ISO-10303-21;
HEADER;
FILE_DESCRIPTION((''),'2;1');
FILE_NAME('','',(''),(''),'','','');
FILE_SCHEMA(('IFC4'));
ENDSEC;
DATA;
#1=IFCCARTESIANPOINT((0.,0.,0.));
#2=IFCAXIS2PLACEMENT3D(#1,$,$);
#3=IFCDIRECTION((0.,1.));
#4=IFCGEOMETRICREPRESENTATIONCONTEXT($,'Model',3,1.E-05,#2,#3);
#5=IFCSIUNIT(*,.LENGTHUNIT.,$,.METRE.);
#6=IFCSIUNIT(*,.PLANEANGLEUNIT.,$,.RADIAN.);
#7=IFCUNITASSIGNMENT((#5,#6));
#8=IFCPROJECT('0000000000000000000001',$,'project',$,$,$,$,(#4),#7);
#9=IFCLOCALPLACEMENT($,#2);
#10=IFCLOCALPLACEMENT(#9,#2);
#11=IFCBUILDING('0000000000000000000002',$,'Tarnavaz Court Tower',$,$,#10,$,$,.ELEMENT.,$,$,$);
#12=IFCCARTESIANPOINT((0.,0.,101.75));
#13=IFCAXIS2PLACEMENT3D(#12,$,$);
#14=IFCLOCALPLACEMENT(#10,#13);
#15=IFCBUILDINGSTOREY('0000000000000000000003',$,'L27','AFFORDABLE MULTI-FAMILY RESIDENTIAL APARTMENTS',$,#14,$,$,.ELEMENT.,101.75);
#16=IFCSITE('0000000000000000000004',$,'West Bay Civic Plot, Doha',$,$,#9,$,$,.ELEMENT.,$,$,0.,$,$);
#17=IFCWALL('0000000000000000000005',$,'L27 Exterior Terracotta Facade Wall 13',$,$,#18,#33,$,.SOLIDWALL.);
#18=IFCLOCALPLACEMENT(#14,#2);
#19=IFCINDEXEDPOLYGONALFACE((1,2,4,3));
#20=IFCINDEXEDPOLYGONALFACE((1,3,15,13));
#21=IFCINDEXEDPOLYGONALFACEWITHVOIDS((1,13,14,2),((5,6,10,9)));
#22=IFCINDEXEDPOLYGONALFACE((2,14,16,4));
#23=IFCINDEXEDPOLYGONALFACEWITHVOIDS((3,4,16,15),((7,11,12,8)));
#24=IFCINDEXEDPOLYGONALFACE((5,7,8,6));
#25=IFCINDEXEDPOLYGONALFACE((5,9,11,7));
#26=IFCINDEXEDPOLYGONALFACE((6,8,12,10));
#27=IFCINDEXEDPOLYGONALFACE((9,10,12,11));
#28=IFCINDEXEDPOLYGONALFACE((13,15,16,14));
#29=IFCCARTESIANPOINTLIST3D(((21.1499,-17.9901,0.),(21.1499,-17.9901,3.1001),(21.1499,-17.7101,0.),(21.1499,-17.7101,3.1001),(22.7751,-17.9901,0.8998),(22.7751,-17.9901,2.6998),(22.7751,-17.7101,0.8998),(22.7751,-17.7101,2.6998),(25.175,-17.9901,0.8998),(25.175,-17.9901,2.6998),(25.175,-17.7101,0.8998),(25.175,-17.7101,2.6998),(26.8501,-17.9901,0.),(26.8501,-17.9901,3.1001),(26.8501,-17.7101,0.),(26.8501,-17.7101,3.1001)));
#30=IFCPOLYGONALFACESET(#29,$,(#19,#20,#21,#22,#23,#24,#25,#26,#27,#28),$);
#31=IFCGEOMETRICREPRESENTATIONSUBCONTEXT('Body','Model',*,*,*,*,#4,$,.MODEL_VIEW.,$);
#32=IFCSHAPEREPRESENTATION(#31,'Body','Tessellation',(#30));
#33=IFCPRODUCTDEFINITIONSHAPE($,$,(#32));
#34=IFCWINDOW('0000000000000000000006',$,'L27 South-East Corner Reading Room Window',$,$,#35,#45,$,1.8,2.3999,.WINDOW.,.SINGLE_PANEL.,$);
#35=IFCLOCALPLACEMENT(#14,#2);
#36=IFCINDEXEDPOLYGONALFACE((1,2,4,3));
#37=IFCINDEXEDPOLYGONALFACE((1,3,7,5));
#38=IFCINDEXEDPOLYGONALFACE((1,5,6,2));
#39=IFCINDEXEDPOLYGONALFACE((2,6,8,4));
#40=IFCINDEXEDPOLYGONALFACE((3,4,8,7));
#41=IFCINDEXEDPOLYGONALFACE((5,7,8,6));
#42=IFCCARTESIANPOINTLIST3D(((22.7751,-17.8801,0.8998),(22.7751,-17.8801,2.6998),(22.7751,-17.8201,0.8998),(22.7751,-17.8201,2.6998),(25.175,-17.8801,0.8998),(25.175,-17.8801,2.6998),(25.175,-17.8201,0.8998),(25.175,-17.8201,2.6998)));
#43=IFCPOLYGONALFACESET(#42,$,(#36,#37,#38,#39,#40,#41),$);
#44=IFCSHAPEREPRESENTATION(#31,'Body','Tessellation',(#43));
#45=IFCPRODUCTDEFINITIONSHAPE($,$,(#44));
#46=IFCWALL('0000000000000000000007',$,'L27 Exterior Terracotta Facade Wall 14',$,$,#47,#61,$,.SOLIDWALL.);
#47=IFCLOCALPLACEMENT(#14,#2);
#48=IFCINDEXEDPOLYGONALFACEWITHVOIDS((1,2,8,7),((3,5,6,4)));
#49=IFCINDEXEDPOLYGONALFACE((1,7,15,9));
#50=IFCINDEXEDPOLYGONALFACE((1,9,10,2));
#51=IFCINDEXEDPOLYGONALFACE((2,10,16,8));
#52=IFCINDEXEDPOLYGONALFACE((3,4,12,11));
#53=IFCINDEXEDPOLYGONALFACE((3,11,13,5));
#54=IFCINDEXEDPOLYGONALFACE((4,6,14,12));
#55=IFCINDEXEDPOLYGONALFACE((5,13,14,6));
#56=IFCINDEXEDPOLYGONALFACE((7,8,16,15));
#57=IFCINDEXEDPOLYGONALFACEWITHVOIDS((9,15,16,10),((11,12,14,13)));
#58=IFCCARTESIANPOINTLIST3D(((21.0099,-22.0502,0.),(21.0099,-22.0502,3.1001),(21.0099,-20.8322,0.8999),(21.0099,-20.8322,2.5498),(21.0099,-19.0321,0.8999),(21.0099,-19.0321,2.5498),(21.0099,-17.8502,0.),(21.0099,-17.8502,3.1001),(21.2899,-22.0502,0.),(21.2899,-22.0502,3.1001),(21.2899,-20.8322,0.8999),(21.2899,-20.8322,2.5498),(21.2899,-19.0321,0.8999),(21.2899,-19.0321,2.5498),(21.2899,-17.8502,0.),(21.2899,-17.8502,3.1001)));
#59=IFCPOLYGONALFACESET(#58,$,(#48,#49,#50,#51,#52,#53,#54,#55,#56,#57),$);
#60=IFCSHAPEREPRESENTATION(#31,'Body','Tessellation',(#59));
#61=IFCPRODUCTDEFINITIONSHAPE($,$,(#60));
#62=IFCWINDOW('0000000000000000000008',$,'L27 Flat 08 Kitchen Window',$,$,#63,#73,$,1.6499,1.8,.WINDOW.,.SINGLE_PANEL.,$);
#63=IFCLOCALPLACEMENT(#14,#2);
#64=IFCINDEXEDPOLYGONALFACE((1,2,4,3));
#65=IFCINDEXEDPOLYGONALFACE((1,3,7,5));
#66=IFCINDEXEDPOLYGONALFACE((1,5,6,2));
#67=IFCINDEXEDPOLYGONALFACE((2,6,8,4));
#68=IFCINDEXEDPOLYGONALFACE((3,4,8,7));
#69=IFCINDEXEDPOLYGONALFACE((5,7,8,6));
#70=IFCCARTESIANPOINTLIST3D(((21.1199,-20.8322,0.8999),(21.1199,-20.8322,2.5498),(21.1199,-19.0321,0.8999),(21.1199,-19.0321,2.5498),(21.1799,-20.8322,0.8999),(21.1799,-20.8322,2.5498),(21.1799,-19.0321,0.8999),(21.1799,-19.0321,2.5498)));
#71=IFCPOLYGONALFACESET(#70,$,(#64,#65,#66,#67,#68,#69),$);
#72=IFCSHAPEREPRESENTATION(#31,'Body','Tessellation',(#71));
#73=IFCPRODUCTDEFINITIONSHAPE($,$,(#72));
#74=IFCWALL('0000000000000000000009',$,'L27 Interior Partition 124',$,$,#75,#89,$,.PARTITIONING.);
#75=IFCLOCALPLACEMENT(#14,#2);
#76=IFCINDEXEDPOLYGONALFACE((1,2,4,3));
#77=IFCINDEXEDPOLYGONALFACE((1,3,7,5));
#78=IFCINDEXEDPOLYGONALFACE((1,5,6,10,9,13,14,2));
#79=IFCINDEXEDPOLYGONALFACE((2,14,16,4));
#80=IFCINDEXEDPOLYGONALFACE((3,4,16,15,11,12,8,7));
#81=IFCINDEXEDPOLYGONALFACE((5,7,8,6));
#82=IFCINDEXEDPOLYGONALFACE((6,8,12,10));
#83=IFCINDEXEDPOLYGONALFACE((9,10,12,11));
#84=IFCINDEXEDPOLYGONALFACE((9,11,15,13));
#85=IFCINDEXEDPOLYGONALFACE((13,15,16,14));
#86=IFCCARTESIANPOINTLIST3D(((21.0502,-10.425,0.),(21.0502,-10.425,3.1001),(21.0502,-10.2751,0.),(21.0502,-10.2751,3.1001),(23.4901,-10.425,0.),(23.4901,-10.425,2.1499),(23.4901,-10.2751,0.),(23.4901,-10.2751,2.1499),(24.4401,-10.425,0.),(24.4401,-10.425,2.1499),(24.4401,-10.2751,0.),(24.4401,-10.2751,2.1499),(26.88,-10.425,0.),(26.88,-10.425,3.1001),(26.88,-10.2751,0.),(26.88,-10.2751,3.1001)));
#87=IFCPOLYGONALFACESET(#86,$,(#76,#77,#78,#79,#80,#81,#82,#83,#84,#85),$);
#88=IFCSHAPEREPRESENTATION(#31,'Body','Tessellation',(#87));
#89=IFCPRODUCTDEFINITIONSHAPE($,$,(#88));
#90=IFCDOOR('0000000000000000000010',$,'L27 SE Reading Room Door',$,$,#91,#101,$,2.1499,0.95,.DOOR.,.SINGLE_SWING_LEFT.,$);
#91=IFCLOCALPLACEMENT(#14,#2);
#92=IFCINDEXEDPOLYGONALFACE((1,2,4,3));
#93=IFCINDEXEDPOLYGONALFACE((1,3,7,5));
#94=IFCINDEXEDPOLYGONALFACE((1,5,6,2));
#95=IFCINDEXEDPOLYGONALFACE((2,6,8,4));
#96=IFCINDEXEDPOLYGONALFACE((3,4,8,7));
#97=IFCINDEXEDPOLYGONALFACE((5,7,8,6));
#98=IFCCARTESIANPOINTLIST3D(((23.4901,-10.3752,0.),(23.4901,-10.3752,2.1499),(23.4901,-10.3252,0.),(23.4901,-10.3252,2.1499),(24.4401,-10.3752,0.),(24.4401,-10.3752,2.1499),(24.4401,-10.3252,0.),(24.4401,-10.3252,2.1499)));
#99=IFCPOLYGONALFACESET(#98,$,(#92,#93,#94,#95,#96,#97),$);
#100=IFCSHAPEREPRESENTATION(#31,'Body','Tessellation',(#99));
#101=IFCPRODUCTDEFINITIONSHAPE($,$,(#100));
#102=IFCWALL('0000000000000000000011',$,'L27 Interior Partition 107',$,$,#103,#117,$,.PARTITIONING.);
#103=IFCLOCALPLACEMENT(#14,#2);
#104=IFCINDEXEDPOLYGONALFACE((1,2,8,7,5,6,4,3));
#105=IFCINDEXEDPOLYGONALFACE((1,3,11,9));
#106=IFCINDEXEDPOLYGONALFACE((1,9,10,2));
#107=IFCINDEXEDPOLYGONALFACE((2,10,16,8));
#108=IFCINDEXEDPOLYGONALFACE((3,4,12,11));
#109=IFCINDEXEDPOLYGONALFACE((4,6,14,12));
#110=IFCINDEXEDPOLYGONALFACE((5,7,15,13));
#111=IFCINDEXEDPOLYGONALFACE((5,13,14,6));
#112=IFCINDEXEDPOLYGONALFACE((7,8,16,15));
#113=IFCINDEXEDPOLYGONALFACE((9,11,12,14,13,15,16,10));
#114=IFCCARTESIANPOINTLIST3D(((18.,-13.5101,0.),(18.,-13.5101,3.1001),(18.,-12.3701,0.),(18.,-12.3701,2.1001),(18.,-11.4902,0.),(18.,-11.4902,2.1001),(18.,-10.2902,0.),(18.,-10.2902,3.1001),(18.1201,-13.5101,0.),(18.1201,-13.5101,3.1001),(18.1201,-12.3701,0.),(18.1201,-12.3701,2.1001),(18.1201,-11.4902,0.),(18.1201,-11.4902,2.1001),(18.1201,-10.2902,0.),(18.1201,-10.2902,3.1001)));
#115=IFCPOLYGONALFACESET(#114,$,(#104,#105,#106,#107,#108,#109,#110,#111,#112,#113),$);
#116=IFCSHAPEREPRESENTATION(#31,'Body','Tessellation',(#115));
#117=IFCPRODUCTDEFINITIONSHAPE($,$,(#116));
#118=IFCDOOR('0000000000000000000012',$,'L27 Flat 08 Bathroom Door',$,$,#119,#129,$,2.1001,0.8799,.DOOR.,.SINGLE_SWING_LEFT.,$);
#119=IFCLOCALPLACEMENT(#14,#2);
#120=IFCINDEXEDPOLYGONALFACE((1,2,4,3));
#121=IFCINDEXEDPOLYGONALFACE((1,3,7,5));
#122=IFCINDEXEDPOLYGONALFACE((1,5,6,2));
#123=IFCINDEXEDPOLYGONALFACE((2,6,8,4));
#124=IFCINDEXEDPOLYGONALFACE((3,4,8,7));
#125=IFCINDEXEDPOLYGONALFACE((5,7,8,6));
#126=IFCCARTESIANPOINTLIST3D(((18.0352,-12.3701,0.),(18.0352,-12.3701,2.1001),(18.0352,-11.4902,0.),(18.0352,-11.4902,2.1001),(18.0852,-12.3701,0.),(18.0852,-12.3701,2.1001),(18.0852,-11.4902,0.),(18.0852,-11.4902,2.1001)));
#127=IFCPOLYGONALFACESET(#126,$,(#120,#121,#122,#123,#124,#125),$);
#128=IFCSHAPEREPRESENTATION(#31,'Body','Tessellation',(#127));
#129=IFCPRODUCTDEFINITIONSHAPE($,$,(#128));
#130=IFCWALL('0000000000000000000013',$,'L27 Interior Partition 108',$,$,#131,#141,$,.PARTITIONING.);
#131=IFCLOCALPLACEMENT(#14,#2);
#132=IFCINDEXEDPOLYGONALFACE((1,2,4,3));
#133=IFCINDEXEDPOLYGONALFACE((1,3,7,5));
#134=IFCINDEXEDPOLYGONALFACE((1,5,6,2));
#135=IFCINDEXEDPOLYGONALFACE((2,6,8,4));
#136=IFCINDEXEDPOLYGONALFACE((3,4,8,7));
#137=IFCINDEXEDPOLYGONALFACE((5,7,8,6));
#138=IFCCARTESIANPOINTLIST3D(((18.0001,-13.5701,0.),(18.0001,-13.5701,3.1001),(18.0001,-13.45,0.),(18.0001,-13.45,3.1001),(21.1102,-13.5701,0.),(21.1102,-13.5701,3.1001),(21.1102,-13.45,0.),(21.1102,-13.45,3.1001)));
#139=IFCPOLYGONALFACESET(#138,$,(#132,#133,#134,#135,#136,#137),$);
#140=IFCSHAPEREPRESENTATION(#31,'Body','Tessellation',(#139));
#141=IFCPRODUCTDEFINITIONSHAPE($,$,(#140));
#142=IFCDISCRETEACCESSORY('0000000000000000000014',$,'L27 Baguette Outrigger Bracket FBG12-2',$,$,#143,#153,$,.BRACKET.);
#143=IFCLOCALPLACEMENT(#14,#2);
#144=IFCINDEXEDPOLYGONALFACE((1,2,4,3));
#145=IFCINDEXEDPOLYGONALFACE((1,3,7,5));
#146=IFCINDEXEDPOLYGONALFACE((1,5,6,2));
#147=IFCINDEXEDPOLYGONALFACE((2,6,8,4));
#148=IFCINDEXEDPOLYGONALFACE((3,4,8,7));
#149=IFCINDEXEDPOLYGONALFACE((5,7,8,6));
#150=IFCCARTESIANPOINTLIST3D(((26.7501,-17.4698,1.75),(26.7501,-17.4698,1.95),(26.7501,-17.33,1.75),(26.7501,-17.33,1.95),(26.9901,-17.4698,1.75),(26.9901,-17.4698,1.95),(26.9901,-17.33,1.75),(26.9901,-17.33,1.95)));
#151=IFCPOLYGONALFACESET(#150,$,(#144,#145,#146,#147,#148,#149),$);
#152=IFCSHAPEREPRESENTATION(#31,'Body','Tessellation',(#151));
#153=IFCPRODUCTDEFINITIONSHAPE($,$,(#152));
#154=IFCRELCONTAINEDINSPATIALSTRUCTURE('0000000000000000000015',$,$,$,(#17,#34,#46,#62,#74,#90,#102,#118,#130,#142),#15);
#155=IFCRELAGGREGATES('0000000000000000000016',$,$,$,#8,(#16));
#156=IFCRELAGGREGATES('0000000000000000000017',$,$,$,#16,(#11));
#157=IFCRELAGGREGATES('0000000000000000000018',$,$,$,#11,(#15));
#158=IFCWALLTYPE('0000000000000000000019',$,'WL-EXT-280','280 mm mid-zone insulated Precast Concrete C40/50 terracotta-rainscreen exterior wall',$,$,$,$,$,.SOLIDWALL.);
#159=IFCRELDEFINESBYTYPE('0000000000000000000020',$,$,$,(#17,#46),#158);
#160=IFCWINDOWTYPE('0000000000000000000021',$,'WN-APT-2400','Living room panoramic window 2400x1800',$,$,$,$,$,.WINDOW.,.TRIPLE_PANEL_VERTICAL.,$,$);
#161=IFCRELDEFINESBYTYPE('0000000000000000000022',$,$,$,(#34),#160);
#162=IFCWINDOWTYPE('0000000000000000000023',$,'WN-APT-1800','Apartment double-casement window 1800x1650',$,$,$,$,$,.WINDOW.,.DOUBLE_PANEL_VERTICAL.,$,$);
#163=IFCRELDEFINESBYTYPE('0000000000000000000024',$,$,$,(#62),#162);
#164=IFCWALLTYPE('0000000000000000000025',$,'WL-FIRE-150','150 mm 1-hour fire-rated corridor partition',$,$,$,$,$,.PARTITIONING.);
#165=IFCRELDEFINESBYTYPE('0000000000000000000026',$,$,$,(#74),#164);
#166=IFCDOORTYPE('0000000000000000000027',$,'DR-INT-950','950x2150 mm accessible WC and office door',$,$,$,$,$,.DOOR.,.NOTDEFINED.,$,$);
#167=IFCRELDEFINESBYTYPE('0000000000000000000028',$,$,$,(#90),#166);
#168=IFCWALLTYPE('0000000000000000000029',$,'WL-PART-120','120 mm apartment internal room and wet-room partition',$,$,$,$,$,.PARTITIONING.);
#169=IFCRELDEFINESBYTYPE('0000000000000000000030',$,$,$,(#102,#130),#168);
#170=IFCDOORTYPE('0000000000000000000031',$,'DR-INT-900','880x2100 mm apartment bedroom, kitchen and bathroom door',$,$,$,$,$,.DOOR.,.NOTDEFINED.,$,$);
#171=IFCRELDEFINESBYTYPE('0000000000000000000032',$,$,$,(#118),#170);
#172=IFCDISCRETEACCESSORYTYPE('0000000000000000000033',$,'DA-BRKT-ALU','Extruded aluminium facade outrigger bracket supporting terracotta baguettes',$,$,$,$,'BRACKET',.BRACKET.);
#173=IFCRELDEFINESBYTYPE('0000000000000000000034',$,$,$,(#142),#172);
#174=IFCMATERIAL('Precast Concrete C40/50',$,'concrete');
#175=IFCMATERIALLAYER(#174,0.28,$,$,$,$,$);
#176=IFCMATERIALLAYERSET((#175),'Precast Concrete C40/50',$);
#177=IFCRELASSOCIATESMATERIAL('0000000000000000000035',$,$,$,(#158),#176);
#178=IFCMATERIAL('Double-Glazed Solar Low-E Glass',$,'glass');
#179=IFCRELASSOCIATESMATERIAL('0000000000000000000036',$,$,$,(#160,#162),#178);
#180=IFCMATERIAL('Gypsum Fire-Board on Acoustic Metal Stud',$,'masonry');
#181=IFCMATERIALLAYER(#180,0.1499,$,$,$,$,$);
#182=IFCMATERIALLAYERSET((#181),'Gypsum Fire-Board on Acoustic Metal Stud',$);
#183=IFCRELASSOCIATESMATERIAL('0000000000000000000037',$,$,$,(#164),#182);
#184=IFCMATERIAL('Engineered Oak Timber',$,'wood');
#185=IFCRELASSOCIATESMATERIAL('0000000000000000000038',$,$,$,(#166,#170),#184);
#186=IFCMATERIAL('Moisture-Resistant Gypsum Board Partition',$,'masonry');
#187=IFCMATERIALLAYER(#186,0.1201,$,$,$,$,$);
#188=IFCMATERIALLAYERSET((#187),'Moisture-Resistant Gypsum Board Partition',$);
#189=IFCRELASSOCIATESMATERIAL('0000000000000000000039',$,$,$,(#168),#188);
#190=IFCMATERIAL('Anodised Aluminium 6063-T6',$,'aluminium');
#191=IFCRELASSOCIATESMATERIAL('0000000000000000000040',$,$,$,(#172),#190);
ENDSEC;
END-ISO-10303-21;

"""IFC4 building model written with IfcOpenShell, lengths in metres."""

from ifc_helpers import new_model, si_unit, direction, frame, frame_2d, origin, origin_2d, place, context, subcontext, project, spatial, rectangle, extrude, material, layer, layer_set, type_object, element, fill, save


model = new_model("IFC4")

# Units and contexts
model_context = context("Model", 3, precision=1e-05, world=origin(), true_north=direction((0.0, 1.0)))
body_context = subcontext(model_context, "Body", "Model", "MODEL_VIEW")
ifc_project = project(units=[si_unit("LENGTHUNIT", "METRE"), si_unit("PLANEANGLEUNIT", "RADIAN")], contexts=[model_context])

# Site, building, storey
site_placement = place(None, origin())
site = spatial("IfcSite", under=ifc_project, at=site_placement, Name="West Bay Civic Plot, Doha", CompositionType="ELEMENT", RefElevation=0.0)
building_placement = place(site_placement, origin())
building = spatial("IfcBuilding", under=site, at=building_placement, Name="Tarnavaz Court Tower", CompositionType="ELEMENT")
storey_placement = place(building_placement, frame((0.0, 0.0, 101.75)))
storey = spatial("IfcBuildingStorey", under=building, at=storey_placement, Name="L27", Description="AFFORDABLE MULTI-FAMILY RESIDENTIAL APARTMENTS", CompositionType="ELEMENT", Elevation=101.75)

# Walls, openings, windows
ifc_material_1 = material(Name="Precast Concrete C40/50", Category="concrete")
ifc_layer_1 = layer(ifc_material_1, 0.28)
ifc_layer_set_1 = layer_set([ifc_layer_1], Name="Precast Concrete C40/50")
wall_type_1 = type_object("IfcWallType", Name="WL-EXT-280", Description="280 mm mid-zone insulated Precast Concrete C40/50 terracotta-rainscreen exterior wall", PredefinedType="SOLIDWALL", material=ifc_layer_set_1)
wall_1_placement = place(storey_placement, frame((26.8501, -17.8501, 0.0), z_axis=(0.0, 0.0, 1.0), x_axis=(-1.0, 0.0, 0.0)))
wall_1 = element("IfcWall", 1, at=wall_1_placement, inside=storey, type_object=wall_type_1, Name="L27 Exterior Terracotta Facade Wall 13", PredefinedType="SOLIDWALL", context=body_context, shape_type="SweptSolid", body=[
    extrude(rectangle(XDim=5.7002, YDim=0.28, at=frame_2d((2.8501, 0.0))), origin(), (0.0, 0.0, 1.0), 3.1001),
])
opening_1_placement = place(wall_1_placement, frame((1.675, 0.0, 0.8999)))
opening_1 = element("IfcOpeningElement", 2, at=opening_1_placement, cuts=wall_1, PredefinedType="OPENING", context=body_context, shape_type="SweptSolid", body=[
    extrude(rectangle(XDim=2.3999, YDim=1.8, at=frame_2d((1.2, 0.8999))), frame((0.0, 0.1499, 0.0), z_axis=(0.0, -1.0, 0.0), x_axis=(1.0, 0.0, 0.0)), (0.0, 0.0, 1.0), 0.3),
])
ifc_material_2 = material(Name="Double-Glazed Solar Low-E Glass", Category="glass")
window_type_1 = type_object("IfcWindowType", Name="WN-APT-2400", Description="Living room panoramic window 2400x1800", PartitioningType="TRIPLE_PANEL_VERTICAL", PredefinedType="WINDOW", material=ifc_material_2)
window_1_placement = place(opening_1_placement, origin())
window_1 = element("IfcWindow", 3, at=window_1_placement, inside=storey, type_object=window_type_1, Name="L27 South-East Corner Reading Room Window", OverallHeight=1.8, OverallWidth=2.3999, PartitioningType="SINGLE_PANEL", PredefinedType="WINDOW", context=body_context, shape_type="SweptSolid", body=[
    extrude(rectangle(XDim=2.3999, YDim=1.8, at=frame_2d((1.2, 0.8999))), frame((0.0, 0.03, 0.0), z_axis=(0.0, -1.0, 0.0), x_axis=(1.0, 0.0, 0.0)), (0.0, 0.0, 1.0), 0.0601),
])
fill(opening_1, window_1)
wall_2_placement = place(storey_placement, frame((21.1499, -17.8501, 0.0), z_axis=(0.0, 0.0, 1.0), x_axis=(0.0, -1.0, 0.0)))
wall_2 = element("IfcWall", 4, at=wall_2_placement, inside=storey, type_object=wall_type_1, Name="L27 Exterior Terracotta Facade Wall 14", PredefinedType="SOLIDWALL", context=body_context, shape_type="SweptSolid", body=[
    extrude(rectangle(XDim=4.2, YDim=0.28, at=frame_2d((2.1001, 0.0))), origin(), (0.0, 0.0, 1.0), 3.1001),
])
opening_2_placement = place(wall_2_placement, frame((1.1821, 0.0, 0.8999)))
opening_2 = element("IfcOpeningElement", 5, at=opening_2_placement, cuts=wall_2, PredefinedType="OPENING", context=body_context, shape_type="SweptSolid", body=[
    extrude(rectangle(XDim=1.8, YDim=1.6499, at=frame_2d((0.8999, 0.825))), frame((0.0, 0.1499, 0.0), z_axis=(0.0, -1.0, 0.0), x_axis=(1.0, 0.0, 0.0)), (0.0, 0.0, 1.0), 0.3),
])
window_type_2 = type_object("IfcWindowType", Name="WN-APT-1800", Description="Apartment double-casement window 1800x1650", PartitioningType="DOUBLE_PANEL_VERTICAL", PredefinedType="WINDOW", material=ifc_material_2)
window_2_placement = place(opening_2_placement, origin())
window_2 = element("IfcWindow", 6, at=window_2_placement, inside=storey, type_object=window_type_2, Name="L27 Flat 08 Kitchen Window", OverallHeight=1.6499, OverallWidth=1.8, PartitioningType="SINGLE_PANEL", PredefinedType="WINDOW", context=body_context, shape_type="SweptSolid", body=[
    extrude(rectangle(XDim=1.8, YDim=1.6499, at=frame_2d((0.8999, 0.825))), frame((0.0, 0.03, 0.0), z_axis=(0.0, -1.0, 0.0), x_axis=(1.0, 0.0, 0.0)), (0.0, 0.0, 1.0), 0.0601),
])
fill(opening_2, window_2)

# Walls, openings, doors
ifc_material_3 = material(Name="Gypsum Fire-Board on Acoustic Metal Stud", Category="masonry")
ifc_layer_2 = layer(ifc_material_3, 0.1499)
ifc_layer_set_2 = layer_set([ifc_layer_2], Name="Gypsum Fire-Board on Acoustic Metal Stud")
wall_type_2 = type_object("IfcWallType", Name="WL-FIRE-150", Description="150 mm 1-hour fire-rated corridor partition", PredefinedType="PARTITIONING", material=ifc_layer_set_2)
wall_3_placement = place(storey_placement, frame((21.05, -10.3501, 0.0), z_axis=(0.0, 0.0, 1.0), x_axis=(1.0, 0.0, 0.0)))
wall_3 = element("IfcWall", 7, at=wall_3_placement, inside=storey, type_object=wall_type_2, Name="L27 Interior Partition 124", PredefinedType="PARTITIONING", context=body_context, shape_type="SweptSolid", body=[
    extrude(rectangle(XDim=5.8298, YDim=0.1499, at=frame_2d((2.915, 0.0))), origin(), (0.0, 0.0, 1.0), 3.1001),
])
opening_3_placement = place(wall_3_placement, frame((2.4399, 0.0, 0.0)))
opening_3 = element("IfcOpeningElement", 8, at=opening_3_placement, cuts=wall_3, PredefinedType="OPENING", context=body_context, shape_type="SweptSolid", body=[
    extrude(rectangle(XDim=0.95, YDim=2.1499, at=frame_2d((0.4751, 1.075))), frame((0.0, 0.085, 0.0), z_axis=(0.0, -1.0, 0.0), x_axis=(1.0, 0.0, 0.0)), (0.0, 0.0, 1.0), 0.1699),
])
ifc_material_4 = material(Name="Engineered Oak Timber", Category="wood")
door_type_1 = type_object("IfcDoorType", Name="DR-INT-950", Description="950x2150 mm accessible WC and office door", OperationType="NOTDEFINED", PredefinedType="DOOR", material=ifc_material_4)
door_1_placement = place(opening_3_placement, origin())
door_1 = element("IfcDoor", 9, at=door_1_placement, inside=storey, type_object=door_type_1, Name="L27 SE Reading Room Door", OperationType="SINGLE_SWING_LEFT", OverallHeight=2.1499, OverallWidth=0.95, PredefinedType="DOOR", context=body_context, shape_type="SweptSolid", body=[
    extrude(rectangle(XDim=0.95, YDim=2.1499, at=frame_2d((0.4751, 1.075))), frame((0.0, 0.0249, 0.0), z_axis=(0.0, -1.0, 0.0), x_axis=(1.0, 0.0, 0.0)), (0.0, 0.0, 1.0), 0.05),
])
fill(opening_3, door_1)
ifc_material_5 = material(Name="Moisture-Resistant Gypsum Board Partition", Category="masonry")
ifc_layer_3 = layer(ifc_material_5, 0.1201)
ifc_layer_set_3 = layer_set([ifc_layer_3], Name="Moisture-Resistant Gypsum Board Partition")
wall_type_3 = type_object("IfcWallType", Name="WL-PART-120", Description="120 mm apartment internal room and wet-room partition", PredefinedType="PARTITIONING", material=ifc_layer_set_3)
wall_4_placement = place(storey_placement, frame((18.0601, -13.51, 0.0), z_axis=(0.0, 0.0, 1.0), x_axis=(0.0, 1.0, 0.0)))
wall_4 = element("IfcWall", 10, at=wall_4_placement, inside=storey, type_object=wall_type_3, Name="L27 Interior Partition 107", PredefinedType="PARTITIONING", context=body_context, shape_type="SweptSolid", body=[
    extrude(rectangle(XDim=3.22, YDim=0.1201, at=frame_2d((1.6099, 0.0))), origin(), (0.0, 0.0, 1.0), 3.1001),
])
opening_4_placement = place(wall_4_placement, frame((1.1399, 0.0, 0.0)))
opening_4 = element("IfcOpeningElement", 11, at=opening_4_placement, cuts=wall_4, PredefinedType="OPENING", context=body_context, shape_type="SweptSolid", body=[
    extrude(rectangle(XDim=0.8799, YDim=2.1001, at=frame_2d((0.4399, 1.05))), frame((0.0, 0.0701, 0.0), z_axis=(0.0, -1.0, 0.0), x_axis=(1.0, 0.0, 0.0)), (0.0, 0.0, 1.0), 0.1401),
])
door_type_2 = type_object("IfcDoorType", Name="DR-INT-900", Description="880x2100 mm apartment bedroom, kitchen and bathroom door", OperationType="NOTDEFINED", PredefinedType="DOOR", material=ifc_material_4)
door_2_placement = place(opening_4_placement, origin())
door_2 = element("IfcDoor", 12, at=door_2_placement, inside=storey, type_object=door_type_2, Name="L27 Flat 08 Bathroom Door", OperationType="SINGLE_SWING_LEFT", OverallHeight=2.1001, OverallWidth=0.8799, PredefinedType="DOOR", context=body_context, shape_type="SweptSolid", body=[
    extrude(rectangle(XDim=0.8799, YDim=2.1001, at=frame_2d((0.4399, 1.05))), frame((0.0, 0.0249, 0.0), z_axis=(0.0, -1.0, 0.0), x_axis=(1.0, 0.0, 0.0)), (0.0, 0.0, 1.0), 0.05),
])
fill(opening_4, door_2)

# Wall
wall_5_placement = place(storey_placement, frame((18.0, -13.51, 0.0), z_axis=(0.0, 0.0, 1.0), x_axis=(1.0, 0.0, 0.0)))
element("IfcWall", 13, at=wall_5_placement, inside=storey, type_object=wall_type_3, Name="L27 Interior Partition 108", PredefinedType="PARTITIONING", context=body_context, shape_type="SweptSolid", body=[
    extrude(rectangle(XDim=3.1101, YDim=0.1201, at=frame_2d((1.5552, 0.0))), origin(), (0.0, 0.0, 1.0), 3.1001),
])

# Discrete accessory
ifc_material_6 = material(Name="Anodised Aluminium 6063-T6", Category="aluminium")
discrete_accessory_type = type_object("IfcDiscreteAccessoryType", Name="DA-BRKT-ALU", Description="Extruded aluminium facade outrigger bracket supporting terracotta baguettes", ElementType="BRACKET", PredefinedType="BRACKET", material=ifc_material_6)
discrete_accessory_placement = place(storey_placement, frame((26.8701, -17.3999, 1.75), z_axis=(0.0, 0.0, 1.0), x_axis=(0.0, -1.0, 0.0)))
element("IfcDiscreteAccessory", 14, at=discrete_accessory_placement, inside=storey, type_object=discrete_accessory_type, Name="L27 Baguette Outrigger Bracket FBG12-2", PredefinedType="BRACKET", context=body_context, shape_type="SweptSolid", body=[
    extrude(rectangle(XDim=0.1399, YDim=0.24, at=origin_2d()), origin(), (0.0, 0.0, 1.0), 0.2),
])

save(model, "model.ifc")
